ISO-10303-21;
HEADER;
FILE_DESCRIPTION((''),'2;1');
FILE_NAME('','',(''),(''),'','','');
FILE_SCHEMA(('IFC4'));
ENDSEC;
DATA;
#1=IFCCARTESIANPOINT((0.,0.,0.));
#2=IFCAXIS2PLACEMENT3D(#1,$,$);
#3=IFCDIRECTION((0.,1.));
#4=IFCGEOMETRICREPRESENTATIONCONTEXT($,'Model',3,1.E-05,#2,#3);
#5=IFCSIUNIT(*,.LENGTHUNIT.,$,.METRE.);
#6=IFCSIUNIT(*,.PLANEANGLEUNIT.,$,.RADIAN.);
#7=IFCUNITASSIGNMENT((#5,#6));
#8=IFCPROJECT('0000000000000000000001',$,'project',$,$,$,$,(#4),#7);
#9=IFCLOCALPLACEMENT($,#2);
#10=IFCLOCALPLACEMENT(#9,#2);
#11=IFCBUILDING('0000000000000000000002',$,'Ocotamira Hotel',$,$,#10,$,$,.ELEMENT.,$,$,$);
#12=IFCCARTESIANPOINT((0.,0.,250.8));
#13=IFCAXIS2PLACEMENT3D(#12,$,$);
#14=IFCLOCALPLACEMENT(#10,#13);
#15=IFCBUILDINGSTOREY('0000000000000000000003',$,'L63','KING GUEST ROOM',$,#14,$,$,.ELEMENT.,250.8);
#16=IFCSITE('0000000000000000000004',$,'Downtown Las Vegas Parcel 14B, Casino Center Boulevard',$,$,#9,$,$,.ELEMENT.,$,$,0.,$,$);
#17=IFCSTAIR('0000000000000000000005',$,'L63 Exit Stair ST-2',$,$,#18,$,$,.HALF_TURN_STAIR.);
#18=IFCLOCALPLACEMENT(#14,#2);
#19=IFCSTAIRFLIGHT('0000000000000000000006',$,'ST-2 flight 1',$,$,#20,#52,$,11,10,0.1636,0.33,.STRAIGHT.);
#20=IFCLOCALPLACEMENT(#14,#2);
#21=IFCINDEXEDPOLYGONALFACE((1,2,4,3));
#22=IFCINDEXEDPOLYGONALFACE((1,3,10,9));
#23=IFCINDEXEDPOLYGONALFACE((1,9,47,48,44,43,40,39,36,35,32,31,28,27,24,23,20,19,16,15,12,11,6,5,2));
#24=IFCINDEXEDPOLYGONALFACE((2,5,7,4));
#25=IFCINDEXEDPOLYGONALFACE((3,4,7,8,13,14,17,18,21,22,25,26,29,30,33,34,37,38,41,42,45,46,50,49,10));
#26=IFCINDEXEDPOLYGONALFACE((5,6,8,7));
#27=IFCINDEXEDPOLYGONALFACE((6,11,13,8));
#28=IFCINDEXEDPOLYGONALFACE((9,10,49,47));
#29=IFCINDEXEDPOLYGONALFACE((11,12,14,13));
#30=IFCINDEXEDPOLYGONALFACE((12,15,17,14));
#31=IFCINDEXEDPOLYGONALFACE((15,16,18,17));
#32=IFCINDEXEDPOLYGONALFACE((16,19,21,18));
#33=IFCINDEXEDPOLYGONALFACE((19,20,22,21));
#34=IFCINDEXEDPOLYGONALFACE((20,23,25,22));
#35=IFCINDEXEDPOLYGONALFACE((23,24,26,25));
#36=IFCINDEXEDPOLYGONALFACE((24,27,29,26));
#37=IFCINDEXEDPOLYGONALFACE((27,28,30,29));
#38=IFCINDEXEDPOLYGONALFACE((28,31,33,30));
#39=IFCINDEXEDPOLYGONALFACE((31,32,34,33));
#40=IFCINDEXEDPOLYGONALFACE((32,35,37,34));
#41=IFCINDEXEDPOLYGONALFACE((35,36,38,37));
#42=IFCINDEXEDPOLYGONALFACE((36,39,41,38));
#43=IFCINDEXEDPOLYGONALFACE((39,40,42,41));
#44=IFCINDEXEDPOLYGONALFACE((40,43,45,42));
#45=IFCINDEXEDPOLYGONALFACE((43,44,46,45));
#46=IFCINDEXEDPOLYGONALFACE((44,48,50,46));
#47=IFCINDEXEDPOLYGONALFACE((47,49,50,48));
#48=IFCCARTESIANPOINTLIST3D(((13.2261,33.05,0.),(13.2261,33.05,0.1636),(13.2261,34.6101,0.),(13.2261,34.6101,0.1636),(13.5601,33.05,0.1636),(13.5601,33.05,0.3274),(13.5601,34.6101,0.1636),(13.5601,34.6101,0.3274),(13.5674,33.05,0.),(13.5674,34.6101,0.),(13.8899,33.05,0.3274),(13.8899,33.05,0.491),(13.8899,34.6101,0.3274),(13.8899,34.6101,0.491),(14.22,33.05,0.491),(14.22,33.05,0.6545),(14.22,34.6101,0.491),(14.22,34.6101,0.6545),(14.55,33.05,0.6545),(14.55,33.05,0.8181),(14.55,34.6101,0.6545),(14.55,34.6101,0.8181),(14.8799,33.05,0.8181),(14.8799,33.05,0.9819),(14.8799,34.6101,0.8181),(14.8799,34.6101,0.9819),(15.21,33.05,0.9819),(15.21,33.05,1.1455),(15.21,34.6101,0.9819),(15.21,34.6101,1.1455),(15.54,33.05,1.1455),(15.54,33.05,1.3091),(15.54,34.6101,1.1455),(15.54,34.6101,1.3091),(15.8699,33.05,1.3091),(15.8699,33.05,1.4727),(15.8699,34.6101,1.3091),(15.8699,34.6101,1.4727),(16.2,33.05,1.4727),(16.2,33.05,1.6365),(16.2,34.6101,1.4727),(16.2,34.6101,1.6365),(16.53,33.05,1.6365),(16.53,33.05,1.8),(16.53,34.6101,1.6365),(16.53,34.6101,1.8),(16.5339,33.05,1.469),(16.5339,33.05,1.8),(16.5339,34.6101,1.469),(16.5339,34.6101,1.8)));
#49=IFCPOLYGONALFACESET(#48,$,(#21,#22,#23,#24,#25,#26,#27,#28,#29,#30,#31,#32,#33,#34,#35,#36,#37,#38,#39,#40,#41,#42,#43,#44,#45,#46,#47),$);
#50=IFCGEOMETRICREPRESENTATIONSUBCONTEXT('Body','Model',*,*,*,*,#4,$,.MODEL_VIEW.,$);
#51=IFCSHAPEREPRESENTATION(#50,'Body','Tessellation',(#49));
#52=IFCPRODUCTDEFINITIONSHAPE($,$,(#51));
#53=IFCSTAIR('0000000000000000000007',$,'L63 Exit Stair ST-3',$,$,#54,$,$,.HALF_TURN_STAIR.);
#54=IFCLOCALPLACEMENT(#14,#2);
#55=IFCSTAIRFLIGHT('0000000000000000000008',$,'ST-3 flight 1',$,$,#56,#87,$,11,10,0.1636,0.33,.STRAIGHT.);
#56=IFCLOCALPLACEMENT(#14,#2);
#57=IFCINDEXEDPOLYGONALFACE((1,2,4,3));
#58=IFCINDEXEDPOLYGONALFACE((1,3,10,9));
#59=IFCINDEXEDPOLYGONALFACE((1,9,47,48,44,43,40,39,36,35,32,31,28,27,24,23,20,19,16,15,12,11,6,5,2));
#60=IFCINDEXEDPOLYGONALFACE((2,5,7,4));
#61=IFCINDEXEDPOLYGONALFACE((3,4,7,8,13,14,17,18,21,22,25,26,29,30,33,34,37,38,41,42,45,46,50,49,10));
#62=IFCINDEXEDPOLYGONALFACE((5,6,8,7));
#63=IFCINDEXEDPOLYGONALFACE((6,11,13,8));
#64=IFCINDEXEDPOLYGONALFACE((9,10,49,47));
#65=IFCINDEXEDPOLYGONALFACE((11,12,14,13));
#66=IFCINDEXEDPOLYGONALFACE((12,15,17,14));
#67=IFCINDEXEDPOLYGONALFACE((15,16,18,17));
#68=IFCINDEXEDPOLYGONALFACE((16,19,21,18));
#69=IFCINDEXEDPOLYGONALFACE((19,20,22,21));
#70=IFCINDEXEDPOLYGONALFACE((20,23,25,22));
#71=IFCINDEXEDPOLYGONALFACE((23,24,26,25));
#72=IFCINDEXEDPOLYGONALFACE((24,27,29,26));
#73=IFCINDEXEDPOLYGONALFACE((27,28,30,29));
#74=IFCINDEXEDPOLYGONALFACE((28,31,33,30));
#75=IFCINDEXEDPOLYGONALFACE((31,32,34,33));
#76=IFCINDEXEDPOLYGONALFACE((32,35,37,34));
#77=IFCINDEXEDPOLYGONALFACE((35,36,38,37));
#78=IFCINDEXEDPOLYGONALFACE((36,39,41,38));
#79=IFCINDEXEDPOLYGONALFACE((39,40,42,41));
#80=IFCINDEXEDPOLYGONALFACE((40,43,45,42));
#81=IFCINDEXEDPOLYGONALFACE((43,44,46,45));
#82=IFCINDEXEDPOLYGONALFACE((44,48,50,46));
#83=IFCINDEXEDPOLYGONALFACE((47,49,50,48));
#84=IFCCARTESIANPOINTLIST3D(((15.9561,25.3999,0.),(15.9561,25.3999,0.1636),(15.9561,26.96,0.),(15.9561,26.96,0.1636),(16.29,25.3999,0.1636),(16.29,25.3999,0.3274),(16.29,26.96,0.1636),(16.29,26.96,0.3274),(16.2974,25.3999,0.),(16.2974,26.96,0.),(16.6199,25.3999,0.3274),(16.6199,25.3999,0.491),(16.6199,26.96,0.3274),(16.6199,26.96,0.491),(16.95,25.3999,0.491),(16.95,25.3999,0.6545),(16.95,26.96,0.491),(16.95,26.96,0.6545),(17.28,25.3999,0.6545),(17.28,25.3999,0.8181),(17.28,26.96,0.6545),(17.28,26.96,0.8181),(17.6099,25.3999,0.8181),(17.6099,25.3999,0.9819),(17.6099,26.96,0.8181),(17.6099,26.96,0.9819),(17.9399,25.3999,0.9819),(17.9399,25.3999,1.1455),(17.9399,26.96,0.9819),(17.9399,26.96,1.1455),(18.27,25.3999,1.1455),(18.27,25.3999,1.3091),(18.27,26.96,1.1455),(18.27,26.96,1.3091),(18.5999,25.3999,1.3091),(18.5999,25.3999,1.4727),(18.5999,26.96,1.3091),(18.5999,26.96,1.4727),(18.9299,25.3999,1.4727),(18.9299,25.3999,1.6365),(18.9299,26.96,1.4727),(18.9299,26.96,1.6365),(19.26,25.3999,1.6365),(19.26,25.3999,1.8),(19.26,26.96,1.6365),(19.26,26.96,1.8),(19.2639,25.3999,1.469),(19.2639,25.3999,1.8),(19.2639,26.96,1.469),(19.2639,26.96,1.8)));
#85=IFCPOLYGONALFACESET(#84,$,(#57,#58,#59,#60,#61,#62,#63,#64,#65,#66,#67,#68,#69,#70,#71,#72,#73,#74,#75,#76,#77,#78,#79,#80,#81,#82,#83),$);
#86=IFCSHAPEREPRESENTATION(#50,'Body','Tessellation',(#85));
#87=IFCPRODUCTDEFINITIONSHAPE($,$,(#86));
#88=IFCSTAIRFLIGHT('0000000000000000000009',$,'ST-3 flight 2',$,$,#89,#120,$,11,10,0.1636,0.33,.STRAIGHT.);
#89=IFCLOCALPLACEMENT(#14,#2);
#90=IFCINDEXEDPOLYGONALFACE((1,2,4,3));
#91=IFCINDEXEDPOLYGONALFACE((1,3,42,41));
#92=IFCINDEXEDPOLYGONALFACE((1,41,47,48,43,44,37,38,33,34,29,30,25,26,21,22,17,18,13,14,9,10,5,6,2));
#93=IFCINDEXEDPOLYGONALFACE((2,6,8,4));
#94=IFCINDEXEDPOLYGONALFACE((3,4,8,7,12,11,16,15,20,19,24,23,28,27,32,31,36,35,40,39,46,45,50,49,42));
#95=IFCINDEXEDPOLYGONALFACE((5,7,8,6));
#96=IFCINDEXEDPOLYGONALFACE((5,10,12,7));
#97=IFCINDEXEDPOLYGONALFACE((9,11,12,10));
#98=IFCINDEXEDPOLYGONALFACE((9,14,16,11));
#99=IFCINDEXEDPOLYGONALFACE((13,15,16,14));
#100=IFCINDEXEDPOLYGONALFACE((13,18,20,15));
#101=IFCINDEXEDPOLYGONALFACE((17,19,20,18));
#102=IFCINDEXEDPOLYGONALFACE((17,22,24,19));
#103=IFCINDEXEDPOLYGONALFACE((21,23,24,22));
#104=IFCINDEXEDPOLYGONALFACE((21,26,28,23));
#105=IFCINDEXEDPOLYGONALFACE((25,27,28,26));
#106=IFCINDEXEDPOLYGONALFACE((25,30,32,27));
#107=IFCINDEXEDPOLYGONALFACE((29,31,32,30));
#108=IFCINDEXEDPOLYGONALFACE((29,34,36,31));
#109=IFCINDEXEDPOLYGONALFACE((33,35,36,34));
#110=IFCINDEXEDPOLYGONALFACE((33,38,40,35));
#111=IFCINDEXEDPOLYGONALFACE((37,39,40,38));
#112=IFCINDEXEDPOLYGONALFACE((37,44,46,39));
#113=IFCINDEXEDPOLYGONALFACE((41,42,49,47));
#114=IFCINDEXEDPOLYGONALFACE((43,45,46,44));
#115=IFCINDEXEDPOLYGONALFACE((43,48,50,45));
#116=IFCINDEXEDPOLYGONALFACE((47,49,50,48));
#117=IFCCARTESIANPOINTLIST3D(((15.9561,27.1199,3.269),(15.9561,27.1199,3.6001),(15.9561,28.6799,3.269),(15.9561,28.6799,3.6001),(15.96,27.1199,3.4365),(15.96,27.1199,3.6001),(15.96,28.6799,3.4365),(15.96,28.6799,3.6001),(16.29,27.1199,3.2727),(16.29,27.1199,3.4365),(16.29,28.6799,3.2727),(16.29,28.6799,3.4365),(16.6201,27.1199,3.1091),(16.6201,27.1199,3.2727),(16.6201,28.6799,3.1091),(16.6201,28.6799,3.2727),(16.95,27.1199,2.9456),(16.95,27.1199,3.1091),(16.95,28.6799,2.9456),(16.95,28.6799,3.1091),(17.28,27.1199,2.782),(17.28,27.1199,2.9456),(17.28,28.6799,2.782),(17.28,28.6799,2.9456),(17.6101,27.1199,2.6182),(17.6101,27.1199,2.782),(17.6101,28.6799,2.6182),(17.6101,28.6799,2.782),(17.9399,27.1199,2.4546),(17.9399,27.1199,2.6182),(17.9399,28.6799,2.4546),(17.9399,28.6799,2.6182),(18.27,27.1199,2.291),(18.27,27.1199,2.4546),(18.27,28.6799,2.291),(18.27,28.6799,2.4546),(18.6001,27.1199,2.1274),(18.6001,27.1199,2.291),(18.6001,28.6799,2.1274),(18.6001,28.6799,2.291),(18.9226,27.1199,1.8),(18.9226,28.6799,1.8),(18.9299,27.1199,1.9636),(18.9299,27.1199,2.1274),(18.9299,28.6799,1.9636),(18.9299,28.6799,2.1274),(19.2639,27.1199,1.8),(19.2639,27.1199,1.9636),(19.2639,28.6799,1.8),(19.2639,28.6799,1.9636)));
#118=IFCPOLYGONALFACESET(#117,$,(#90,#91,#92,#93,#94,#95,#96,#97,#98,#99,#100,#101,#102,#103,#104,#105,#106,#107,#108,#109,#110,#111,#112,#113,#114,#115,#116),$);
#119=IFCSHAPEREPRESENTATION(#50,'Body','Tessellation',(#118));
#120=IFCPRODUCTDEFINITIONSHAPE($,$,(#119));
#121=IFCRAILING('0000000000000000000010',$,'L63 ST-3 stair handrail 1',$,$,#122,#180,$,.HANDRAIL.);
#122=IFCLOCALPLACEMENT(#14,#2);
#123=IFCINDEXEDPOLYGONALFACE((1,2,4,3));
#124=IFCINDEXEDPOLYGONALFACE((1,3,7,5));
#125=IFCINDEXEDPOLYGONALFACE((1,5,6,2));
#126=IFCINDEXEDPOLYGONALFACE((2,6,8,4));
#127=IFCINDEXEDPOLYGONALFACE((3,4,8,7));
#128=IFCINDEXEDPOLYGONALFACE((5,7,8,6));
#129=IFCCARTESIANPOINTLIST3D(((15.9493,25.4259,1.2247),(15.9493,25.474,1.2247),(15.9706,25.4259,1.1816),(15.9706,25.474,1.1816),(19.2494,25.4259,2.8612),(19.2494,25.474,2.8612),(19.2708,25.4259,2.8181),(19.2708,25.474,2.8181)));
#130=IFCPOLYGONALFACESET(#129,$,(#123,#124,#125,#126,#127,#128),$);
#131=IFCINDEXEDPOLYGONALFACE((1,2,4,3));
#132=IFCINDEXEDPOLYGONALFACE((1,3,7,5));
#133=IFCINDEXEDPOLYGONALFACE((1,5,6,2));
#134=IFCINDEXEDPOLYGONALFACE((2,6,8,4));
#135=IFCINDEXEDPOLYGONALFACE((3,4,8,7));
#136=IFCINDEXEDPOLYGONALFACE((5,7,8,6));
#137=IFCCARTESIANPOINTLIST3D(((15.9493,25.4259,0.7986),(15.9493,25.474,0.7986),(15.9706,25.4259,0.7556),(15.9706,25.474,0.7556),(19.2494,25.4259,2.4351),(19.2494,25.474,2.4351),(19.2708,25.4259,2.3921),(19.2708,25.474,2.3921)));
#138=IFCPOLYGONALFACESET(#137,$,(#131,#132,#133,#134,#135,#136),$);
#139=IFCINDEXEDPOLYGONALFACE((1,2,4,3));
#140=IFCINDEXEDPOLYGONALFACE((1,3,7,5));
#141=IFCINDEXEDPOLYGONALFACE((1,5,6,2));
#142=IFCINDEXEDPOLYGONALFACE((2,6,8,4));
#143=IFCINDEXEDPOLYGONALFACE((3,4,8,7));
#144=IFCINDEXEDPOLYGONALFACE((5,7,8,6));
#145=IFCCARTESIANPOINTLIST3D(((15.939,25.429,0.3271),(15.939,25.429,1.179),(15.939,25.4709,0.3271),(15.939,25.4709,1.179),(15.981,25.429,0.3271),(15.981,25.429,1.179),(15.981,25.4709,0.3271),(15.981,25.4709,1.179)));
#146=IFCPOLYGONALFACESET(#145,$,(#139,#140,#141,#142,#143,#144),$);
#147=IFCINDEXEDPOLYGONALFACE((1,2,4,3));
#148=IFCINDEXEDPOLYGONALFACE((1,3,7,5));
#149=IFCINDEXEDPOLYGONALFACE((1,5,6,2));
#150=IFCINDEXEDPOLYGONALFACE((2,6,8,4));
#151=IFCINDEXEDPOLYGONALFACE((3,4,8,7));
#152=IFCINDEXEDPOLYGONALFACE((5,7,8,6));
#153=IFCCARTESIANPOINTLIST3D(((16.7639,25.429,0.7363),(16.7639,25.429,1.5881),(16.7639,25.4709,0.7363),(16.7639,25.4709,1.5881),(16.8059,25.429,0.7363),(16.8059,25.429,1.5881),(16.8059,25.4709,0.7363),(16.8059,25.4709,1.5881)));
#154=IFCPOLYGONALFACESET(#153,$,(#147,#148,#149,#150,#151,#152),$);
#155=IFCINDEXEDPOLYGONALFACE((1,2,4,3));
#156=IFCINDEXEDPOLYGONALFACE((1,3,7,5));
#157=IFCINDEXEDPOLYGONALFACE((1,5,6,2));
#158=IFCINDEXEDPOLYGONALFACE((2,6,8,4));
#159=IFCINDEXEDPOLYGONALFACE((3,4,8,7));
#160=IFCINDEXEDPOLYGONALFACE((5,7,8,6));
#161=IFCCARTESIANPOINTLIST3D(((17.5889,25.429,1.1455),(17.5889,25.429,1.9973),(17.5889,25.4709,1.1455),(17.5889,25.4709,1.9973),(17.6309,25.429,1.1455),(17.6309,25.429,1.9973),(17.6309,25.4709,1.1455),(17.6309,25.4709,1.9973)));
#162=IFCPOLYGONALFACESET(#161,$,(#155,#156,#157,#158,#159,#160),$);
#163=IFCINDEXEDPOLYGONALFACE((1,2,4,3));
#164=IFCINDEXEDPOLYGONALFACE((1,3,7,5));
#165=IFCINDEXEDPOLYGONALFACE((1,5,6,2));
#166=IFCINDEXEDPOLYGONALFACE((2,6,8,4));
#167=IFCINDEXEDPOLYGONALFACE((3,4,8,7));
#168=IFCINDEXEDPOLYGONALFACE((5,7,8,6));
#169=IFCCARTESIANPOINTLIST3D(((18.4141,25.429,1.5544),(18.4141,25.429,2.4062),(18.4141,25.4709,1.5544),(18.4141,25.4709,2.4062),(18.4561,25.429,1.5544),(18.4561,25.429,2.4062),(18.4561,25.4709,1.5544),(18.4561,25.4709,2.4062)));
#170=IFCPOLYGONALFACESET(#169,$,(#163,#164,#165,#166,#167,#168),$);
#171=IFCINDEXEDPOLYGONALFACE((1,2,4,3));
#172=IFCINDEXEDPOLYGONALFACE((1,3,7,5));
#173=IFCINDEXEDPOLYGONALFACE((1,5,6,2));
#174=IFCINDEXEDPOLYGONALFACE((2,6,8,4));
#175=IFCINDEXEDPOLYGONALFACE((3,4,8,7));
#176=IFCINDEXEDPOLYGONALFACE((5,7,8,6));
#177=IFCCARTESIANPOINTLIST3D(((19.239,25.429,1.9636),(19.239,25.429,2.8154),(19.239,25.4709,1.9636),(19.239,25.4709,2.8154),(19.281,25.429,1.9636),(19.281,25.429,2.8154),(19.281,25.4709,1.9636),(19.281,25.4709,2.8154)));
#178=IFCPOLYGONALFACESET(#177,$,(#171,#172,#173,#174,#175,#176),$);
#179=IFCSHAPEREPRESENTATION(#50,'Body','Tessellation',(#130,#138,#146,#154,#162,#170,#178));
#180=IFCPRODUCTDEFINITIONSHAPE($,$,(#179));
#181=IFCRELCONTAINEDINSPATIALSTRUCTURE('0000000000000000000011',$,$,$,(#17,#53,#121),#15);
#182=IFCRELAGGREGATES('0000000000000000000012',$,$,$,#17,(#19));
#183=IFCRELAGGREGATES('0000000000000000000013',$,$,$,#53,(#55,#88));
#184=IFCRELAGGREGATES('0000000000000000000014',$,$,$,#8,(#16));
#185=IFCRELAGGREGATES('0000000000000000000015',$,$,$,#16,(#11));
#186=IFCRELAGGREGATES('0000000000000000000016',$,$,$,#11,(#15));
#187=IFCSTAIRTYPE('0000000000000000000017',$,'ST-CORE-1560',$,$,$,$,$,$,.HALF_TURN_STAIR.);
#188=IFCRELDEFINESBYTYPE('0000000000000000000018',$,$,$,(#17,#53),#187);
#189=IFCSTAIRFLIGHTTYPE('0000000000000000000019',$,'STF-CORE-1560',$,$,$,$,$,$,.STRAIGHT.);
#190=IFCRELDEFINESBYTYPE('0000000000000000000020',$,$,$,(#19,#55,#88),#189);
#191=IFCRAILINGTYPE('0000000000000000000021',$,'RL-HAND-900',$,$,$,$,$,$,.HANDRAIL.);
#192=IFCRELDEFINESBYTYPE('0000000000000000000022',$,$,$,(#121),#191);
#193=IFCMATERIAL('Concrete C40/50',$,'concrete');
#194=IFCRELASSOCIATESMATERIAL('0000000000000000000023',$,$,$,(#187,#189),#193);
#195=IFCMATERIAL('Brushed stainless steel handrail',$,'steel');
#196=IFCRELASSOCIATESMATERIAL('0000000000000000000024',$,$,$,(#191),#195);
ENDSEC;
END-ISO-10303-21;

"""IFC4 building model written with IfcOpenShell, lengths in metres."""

from ifc_helpers import new_model, si_unit, direction, frame, origin, origin_2d, place, context, subcontext, project, spatial, polyline, rectangle, outline, extrude, source, transform, mapped, material, type_object, element, aggregate, save


model = new_model("IFC4")

# Units and contexts
model_context = context("Model", 3, precision=1e-05, world=origin(), true_north=direction((0.0, 1.0)))
body_context = subcontext(model_context, "Body", "Model", "MODEL_VIEW")
ifc_project = project(units=[si_unit("LENGTHUNIT", "METRE"), si_unit("PLANEANGLEUNIT", "RADIAN")], contexts=[model_context])

# Site, building, storey
site_placement = place(None, origin())
site = spatial("IfcSite", under=ifc_project, at=site_placement, Name="Downtown Las Vegas Parcel 14B, Casino Center Boulevard", CompositionType="ELEMENT", RefElevation=0.0)
building_placement = place(site_placement, origin())
building = spatial("IfcBuilding", under=site, at=building_placement, Name="Ocotamira Hotel", CompositionType="ELEMENT")
storey_placement = place(building_placement, frame((0.0, 0.0, 250.8)))
storey = spatial("IfcBuildingStorey", under=building, at=storey_placement, Name="L63", Description="KING GUEST ROOM", CompositionType="ELEMENT", Elevation=250.8)

# Stair, stair flight
ifc_material_1 = material(Name="Concrete C40/50", Category="concrete")
stair_type = type_object("IfcStairType", Name="ST-CORE-1560", PredefinedType="HALF_TURN_STAIR", material=ifc_material_1)
stair_1_placement = place(storey_placement, origin())
stair_1 = element("IfcStair", 1, at=stair_1_placement, inside=storey, type_object=stair_type, Name="L63 Exit Stair ST-2", PredefinedType="HALF_TURN_STAIR")
stair_flight_type = type_object("IfcStairFlightType", Name="STF-CORE-1560", PredefinedType="STRAIGHT", material=ifc_material_1)
shared_shape_1 = source(origin(), body_context, "Body", "SweptSolid", [
    extrude(outline(polyline([(-0.0039, 0.0), (-0.0039, 0.1636), (0.3301, 0.1636), (0.3301, 0.3274), (0.6599, 0.3274), (0.6599, 0.491), (0.99, 0.491), (0.99, 0.6545), (1.3201, 0.6545), (1.3201, 0.8181), (1.6499, 0.8181), (1.6499, 0.9819), (1.98, 0.9819), (1.98, 1.1455), (2.3101, 1.1455), (2.3101, 1.3091), (2.6399, 1.3091), (2.6399, 1.4727), (2.97, 1.4727), (2.97, 1.6365), (3.3, 1.6365), (3.3, 1.8), (3.304, 1.8), (3.304, 1.469), (0.3374, 0.0), (-0.0039, 0.0)])), frame((0.0, 0.78, 0.0), z_axis=(0.0, -1.0, 0.0), x_axis=(1.0, 0.0, 0.0)), (0.0, 0.0, 1.0), 1.5601),
])
stair_flight_1_placement = place(storey_placement, frame((13.23, 33.8301, 0.0), z_axis=(0.0, 0.0, 1.0), x_axis=(1.0, 0.0, 0.0)))
stair_flight_1 = element("IfcStairFlight", 2, at=stair_flight_1_placement, type_object=stair_flight_type, Name="ST-2 flight 1", NumberOfRisers=11, NumberOfTreads=10, PredefinedType="STRAIGHT", RiserHeight=0.1636, TreadLength=0.33, context=body_context, shape_type="MappedRepresentation", body=[
    mapped(shared_shape_1, transform((0.0, 0.0, 0.0), scale=1.0)),
])
aggregate(stair_1, [stair_flight_1])

# Stair, stair flights
stair_2_placement = place(storey_placement, origin())
stair_2 = element("IfcStair", 3, at=stair_2_placement, inside=storey, type_object=stair_type, Name="L63 Exit Stair ST-3", PredefinedType="HALF_TURN_STAIR")
stair_flight_2_placement = place(storey_placement, frame((15.96, 26.1799, 0.0), z_axis=(0.0, 0.0, 1.0), x_axis=(1.0, 0.0, 0.0)))
stair_flight_2 = element("IfcStairFlight", 4, at=stair_flight_2_placement, type_object=stair_flight_type, Name="ST-3 flight 1", NumberOfRisers=11, NumberOfTreads=10, PredefinedType="STRAIGHT", RiserHeight=0.1636, TreadLength=0.33, context=body_context, shape_type="MappedRepresentation", body=[
    mapped(shared_shape_1, transform((0.0, 0.0, 0.0), scale=1.0)),
])
stair_flight_3_placement = place(storey_placement, frame((19.26, 27.8999, 1.8), z_axis=(0.0, 0.0, 1.0), x_axis=(-1.0, 0.0, 0.0)))
stair_flight_3 = element("IfcStairFlight", 5, at=stair_flight_3_placement, type_object=stair_flight_type, Name="ST-3 flight 2", NumberOfRisers=11, NumberOfTreads=10, PredefinedType="STRAIGHT", RiserHeight=0.1636, TreadLength=0.33, context=body_context, shape_type="MappedRepresentation", body=[
    mapped(shared_shape_1, transform((0.0, 0.0, 0.0), scale=1.0)),
])
aggregate(stair_2, [stair_flight_2, stair_flight_3])

# Railing
ifc_material_2 = material(Name="Brushed stainless steel handrail", Category="steel")
railing_type_1 = type_object("IfcRailingType", Name="RL-HAND-900", PredefinedType="HANDRAIL", material=ifc_material_2)
railing_1_placement = place(storey_placement, frame((15.96, 25.45, 0.3271)))
element("IfcRailing", 6, at=railing_1_placement, inside=storey, type_object=railing_type_1, Name="L63 ST-3 stair handrail 1", PredefinedType="HANDRAIL", context=body_context, shape_type="SweptSolid", body=[
    extrude(rectangle(XDim=0.0481, YDim=0.0481, at=origin_2d()), frame((0.0, 0.0, 0.876), z_axis=(0.895894, 0.0, 0.444268), x_axis=(0.0, 1.0, 0.0)), (0.0, 0.0, 1.0), 3.6836),
    extrude(rectangle(XDim=0.0481, YDim=0.0481, at=origin_2d()), frame((0.0, 0.0, 0.45), z_axis=(0.895894, 0.0, 0.444268), x_axis=(0.0, 1.0, 0.0)), (0.0, 0.0, 1.0), 3.6836),
    extrude(rectangle(XDim=0.042, YDim=0.042, at=origin_2d()), origin(), (0.0, 0.0, 1.0), 0.8518),
    extrude(rectangle(XDim=0.042, YDim=0.042, at=origin_2d()), frame((0.825, 0.0, 0.4092)), (0.0, 0.0, 1.0), 0.8518),
    extrude(rectangle(XDim=0.042, YDim=0.042, at=origin_2d()), frame((1.6499, 0.0, 0.8184)), (0.0, 0.0, 1.0), 0.8518),
    extrude(rectangle(XDim=0.042, YDim=0.042, at=origin_2d()), frame((2.4751, 0.0, 1.2273)), (0.0, 0.0, 1.0), 0.8518),
    extrude(rectangle(XDim=0.042, YDim=0.042, at=origin_2d()), frame((3.3, 0.0, 1.6365)), (0.0, 0.0, 1.0), 0.8518),
])

save(model, "model.ifc")
